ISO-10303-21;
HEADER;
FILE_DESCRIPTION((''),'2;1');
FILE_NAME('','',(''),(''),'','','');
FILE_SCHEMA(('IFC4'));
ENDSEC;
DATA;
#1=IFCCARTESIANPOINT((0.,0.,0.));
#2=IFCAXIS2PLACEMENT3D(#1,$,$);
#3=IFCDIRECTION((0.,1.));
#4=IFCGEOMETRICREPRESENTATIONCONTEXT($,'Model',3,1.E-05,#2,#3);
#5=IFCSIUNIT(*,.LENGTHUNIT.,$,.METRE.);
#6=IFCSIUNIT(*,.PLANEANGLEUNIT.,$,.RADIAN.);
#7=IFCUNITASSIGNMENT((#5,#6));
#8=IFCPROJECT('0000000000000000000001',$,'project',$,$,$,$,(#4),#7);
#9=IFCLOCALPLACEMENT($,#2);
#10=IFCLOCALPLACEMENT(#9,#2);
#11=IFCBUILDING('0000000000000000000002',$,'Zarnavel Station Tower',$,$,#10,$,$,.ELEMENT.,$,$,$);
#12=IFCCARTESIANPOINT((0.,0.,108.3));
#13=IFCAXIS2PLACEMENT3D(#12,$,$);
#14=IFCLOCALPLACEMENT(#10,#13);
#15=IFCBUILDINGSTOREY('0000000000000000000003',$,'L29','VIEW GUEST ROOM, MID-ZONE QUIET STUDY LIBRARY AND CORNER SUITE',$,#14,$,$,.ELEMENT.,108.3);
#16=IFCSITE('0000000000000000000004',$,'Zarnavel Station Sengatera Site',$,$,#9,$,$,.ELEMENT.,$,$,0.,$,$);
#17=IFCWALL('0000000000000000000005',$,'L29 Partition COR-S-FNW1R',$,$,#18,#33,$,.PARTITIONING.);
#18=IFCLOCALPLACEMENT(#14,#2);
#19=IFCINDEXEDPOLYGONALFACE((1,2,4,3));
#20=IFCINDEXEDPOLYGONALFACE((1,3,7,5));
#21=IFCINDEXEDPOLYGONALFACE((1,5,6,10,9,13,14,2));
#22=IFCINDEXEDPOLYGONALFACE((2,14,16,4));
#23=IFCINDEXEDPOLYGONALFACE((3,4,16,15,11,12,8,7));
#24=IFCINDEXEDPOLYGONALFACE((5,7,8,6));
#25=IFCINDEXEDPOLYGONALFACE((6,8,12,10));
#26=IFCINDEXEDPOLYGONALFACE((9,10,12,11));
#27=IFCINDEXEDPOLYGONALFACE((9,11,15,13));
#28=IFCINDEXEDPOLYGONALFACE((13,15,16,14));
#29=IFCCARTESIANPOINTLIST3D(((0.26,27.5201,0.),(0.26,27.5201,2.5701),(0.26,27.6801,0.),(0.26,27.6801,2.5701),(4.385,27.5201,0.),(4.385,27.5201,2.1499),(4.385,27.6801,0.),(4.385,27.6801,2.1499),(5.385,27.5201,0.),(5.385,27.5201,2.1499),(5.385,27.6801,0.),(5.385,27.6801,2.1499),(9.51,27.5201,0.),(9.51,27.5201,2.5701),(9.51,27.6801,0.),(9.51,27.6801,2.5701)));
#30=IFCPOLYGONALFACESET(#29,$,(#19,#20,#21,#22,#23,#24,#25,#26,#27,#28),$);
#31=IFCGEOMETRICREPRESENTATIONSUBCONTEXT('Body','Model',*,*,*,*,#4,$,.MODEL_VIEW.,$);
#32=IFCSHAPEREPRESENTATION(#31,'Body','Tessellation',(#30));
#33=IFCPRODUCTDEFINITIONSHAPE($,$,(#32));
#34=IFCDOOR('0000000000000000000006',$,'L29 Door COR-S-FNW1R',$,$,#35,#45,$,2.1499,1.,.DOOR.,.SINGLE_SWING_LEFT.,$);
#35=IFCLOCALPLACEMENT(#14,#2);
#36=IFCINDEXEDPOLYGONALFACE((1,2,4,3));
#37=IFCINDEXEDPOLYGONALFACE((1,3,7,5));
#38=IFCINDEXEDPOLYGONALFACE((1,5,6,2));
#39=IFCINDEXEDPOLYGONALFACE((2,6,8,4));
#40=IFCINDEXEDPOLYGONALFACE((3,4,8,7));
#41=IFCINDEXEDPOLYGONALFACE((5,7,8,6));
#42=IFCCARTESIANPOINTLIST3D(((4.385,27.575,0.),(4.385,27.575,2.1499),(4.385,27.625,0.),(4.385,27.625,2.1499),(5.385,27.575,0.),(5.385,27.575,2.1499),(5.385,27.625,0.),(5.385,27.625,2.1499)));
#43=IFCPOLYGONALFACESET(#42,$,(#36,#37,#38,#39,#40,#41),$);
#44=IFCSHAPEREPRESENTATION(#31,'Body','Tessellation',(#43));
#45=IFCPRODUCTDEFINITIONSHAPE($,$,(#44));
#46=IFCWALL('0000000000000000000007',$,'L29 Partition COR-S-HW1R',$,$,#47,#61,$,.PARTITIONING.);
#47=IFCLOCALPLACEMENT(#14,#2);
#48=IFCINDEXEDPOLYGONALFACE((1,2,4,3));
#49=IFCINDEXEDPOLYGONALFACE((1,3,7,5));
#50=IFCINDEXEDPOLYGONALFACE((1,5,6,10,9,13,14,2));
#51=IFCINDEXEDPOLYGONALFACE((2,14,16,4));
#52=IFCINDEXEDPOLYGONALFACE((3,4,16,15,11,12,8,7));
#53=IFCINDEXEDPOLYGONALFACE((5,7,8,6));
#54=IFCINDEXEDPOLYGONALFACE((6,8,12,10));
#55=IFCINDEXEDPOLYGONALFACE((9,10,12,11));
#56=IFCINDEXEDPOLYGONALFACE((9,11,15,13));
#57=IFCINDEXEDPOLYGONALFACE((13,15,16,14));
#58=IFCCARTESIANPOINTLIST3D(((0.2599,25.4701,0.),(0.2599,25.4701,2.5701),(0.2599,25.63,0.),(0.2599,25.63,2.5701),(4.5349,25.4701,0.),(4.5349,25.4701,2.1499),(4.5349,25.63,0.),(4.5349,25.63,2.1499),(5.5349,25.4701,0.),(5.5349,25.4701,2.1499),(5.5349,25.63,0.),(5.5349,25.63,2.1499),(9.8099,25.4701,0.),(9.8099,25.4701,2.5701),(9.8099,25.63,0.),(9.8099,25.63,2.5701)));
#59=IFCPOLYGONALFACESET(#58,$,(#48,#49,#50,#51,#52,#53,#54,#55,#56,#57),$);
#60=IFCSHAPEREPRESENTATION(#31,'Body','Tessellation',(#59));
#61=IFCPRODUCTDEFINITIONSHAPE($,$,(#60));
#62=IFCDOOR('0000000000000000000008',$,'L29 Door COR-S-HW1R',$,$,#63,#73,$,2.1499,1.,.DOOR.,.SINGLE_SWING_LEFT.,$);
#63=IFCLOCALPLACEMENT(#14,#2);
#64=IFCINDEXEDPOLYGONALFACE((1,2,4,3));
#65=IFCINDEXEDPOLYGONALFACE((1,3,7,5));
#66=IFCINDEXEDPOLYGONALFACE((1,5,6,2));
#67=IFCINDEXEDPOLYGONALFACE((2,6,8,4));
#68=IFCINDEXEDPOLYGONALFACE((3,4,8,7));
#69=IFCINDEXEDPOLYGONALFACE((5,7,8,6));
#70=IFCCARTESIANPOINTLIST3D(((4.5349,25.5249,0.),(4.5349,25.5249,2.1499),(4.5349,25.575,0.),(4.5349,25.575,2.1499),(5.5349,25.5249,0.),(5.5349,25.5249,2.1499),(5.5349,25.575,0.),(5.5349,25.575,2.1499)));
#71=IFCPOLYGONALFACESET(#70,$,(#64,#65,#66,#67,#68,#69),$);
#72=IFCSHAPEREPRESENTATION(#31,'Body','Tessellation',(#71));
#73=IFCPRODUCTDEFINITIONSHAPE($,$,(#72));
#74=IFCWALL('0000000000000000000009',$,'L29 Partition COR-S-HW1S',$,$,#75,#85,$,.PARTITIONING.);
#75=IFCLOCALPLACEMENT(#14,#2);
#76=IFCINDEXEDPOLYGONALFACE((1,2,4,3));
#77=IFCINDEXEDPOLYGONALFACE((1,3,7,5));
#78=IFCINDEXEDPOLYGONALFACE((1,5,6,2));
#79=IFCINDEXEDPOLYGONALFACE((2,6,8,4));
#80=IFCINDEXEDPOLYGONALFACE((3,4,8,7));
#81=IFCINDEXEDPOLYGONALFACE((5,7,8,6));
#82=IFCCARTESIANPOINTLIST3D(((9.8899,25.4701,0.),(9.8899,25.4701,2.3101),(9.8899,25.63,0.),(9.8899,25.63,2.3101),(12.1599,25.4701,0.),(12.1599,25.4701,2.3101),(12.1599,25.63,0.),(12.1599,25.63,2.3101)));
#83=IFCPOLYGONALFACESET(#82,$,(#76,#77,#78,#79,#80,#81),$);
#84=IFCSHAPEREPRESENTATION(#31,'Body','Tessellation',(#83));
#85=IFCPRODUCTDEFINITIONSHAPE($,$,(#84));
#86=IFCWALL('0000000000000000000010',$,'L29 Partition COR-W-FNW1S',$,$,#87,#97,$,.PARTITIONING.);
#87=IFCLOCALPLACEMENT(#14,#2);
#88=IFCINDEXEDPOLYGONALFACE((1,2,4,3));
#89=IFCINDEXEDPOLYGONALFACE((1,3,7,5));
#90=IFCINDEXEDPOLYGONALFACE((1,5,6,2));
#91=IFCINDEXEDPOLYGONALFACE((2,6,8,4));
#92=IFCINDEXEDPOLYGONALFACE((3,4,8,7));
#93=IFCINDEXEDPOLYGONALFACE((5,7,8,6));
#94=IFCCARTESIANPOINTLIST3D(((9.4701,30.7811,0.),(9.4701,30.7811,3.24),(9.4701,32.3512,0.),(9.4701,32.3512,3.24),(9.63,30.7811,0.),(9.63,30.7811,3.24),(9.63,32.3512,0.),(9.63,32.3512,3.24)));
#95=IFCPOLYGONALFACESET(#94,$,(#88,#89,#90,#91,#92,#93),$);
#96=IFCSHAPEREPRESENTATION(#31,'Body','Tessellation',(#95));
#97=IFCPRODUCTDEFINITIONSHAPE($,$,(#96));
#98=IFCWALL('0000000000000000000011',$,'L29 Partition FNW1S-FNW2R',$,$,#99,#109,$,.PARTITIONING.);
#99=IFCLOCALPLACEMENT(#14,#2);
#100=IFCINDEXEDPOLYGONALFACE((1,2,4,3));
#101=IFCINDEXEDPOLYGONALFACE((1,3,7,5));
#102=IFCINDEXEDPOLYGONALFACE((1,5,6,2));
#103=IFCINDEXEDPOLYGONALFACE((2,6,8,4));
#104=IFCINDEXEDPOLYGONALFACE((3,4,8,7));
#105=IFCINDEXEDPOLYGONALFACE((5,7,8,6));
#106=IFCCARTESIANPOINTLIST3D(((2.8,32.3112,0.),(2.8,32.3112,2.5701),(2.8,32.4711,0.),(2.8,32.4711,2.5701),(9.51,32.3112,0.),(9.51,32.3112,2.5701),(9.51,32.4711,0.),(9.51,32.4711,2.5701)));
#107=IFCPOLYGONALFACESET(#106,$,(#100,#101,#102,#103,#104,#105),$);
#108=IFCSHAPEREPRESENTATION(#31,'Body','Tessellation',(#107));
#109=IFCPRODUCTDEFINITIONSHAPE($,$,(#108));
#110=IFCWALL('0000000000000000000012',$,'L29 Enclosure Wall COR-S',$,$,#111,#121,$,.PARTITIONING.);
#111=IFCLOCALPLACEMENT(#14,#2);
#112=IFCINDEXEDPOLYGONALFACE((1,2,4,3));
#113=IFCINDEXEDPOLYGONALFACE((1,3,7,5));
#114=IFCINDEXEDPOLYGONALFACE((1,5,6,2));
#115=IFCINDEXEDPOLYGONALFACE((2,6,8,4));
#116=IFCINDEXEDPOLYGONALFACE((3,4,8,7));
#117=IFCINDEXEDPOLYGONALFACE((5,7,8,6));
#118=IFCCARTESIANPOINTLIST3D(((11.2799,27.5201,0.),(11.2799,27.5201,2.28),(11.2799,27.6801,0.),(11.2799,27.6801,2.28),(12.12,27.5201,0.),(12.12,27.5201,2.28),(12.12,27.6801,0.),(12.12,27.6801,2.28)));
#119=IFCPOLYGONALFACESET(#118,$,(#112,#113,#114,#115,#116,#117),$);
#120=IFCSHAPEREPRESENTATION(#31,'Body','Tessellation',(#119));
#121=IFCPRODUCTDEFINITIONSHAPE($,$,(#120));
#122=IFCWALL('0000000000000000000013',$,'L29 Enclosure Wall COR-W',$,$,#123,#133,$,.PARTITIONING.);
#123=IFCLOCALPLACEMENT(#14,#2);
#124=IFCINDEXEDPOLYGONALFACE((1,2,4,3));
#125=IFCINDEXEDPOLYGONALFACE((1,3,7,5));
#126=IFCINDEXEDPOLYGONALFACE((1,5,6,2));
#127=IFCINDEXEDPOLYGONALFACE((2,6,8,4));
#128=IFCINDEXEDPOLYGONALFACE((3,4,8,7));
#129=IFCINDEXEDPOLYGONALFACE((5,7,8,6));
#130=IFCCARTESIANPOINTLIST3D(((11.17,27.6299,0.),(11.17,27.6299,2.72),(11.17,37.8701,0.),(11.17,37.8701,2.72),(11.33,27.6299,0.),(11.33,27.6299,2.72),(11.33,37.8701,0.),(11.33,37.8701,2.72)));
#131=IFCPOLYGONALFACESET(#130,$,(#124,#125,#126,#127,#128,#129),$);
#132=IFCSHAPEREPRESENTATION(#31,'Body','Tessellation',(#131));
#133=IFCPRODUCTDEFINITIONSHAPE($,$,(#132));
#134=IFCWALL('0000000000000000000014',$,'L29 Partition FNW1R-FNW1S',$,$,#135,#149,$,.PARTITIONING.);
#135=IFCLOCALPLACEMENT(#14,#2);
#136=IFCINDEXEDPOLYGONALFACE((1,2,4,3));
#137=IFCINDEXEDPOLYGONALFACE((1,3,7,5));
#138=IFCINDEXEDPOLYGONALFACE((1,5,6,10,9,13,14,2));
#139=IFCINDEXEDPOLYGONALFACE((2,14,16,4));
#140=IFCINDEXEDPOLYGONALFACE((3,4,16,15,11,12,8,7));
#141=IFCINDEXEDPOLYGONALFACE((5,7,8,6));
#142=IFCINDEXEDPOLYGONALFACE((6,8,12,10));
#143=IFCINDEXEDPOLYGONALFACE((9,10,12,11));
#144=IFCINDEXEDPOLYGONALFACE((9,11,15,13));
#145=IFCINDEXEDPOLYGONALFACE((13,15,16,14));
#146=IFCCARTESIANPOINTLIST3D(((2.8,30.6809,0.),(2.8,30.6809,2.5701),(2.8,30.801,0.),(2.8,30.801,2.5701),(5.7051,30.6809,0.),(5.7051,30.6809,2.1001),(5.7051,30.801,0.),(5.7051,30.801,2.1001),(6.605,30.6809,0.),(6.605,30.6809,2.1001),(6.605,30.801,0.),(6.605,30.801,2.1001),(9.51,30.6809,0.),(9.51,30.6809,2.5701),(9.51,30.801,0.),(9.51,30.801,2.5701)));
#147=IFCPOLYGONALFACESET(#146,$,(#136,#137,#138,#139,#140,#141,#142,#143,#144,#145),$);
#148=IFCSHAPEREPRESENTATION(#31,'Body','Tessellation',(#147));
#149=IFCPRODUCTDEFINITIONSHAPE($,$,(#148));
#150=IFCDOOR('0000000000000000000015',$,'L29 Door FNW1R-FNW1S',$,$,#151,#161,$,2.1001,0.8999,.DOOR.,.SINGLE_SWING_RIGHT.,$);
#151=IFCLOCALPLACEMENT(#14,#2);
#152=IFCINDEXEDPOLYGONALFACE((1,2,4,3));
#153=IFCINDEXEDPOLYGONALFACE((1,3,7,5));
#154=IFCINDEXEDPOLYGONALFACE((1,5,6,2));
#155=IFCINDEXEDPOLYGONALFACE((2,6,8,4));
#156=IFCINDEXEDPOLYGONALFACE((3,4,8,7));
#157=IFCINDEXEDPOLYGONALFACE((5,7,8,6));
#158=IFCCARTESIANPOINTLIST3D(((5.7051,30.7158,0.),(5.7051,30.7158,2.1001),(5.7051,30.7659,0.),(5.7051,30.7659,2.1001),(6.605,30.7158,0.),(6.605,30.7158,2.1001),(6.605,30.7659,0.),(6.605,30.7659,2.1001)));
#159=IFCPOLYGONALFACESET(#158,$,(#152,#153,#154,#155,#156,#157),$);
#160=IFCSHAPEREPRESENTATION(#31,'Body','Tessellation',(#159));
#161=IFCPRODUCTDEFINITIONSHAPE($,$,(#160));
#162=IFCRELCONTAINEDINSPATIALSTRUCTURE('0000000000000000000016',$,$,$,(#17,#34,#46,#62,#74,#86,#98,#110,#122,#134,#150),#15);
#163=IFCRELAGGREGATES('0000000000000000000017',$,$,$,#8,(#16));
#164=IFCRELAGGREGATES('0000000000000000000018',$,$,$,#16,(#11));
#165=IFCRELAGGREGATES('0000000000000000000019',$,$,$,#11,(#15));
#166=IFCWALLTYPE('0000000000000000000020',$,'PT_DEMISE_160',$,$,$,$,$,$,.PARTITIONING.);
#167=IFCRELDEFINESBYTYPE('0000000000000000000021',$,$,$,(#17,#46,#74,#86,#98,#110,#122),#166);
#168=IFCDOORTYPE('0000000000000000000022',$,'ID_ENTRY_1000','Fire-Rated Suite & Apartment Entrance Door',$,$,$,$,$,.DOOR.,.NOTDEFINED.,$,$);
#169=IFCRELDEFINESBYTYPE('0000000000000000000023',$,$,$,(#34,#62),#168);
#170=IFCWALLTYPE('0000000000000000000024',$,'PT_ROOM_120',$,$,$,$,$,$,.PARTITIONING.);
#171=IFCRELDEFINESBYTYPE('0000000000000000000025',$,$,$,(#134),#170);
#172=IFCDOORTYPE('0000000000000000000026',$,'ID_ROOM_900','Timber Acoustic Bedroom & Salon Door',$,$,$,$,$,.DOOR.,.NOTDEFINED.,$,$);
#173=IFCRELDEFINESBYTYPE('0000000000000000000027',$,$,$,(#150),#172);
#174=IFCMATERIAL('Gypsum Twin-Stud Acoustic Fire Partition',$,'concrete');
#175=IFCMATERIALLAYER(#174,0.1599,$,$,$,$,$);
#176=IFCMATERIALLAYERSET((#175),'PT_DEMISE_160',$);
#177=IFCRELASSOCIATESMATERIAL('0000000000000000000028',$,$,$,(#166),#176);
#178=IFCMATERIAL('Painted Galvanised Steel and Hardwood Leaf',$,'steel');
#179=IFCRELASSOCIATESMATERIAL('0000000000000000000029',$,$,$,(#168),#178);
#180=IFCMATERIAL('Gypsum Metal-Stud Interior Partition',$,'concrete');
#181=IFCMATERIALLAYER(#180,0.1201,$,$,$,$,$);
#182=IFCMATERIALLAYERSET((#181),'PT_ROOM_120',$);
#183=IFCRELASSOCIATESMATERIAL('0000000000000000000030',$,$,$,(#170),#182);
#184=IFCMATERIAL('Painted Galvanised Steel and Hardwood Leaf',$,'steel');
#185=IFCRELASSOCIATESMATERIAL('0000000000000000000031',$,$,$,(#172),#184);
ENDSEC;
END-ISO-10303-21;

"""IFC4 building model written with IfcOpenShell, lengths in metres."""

from ifc_helpers import new_model, si_unit, direction, frame, frame_2d, origin, place, context, subcontext, project, spatial, rectangle, extrude, material, layer, layer_set, type_object, element, fill, save


model = new_model("IFC4")

# Units and contexts
model_context = context("Model", 3, precision=1e-05, world=origin(), true_north=direction((0.0, 1.0)))
body_context = subcontext(model_context, "Body", "Model", "MODEL_VIEW")
ifc_project = project(units=[si_unit("LENGTHUNIT", "METRE"), si_unit("PLANEANGLEUNIT", "RADIAN")], contexts=[model_context])

# Site, building, storey
site_placement = place(None, origin())
site = spatial("IfcSite", under=ifc_project, at=site_placement, Name="Zarnavel Station Sengatera Site", CompositionType="ELEMENT", RefElevation=0.0)
building_placement = place(site_placement, origin())
building = spatial("IfcBuilding", under=site, at=building_placement, Name="Zarnavel Station Tower", CompositionType="ELEMENT")
storey_placement = place(building_placement, frame((0.0, 0.0, 108.3)))
storey = spatial("IfcBuildingStorey", under=building, at=storey_placement, Name="L29", Description="VIEW GUEST ROOM, MID-ZONE QUIET STUDY LIBRARY AND CORNER SUITE", CompositionType="ELEMENT", Elevation=108.3)

# Walls, openings, doors
ifc_material_1 = material(Name="Gypsum Twin-Stud Acoustic Fire Partition", Category="concrete")
ifc_layer_1 = layer(ifc_material_1, 0.1599)
ifc_layer_set_1 = layer_set([ifc_layer_1], Name="PT_DEMISE_160")
wall_type_1 = type_object("IfcWallType", Name="PT_DEMISE_160", PredefinedType="PARTITIONING", material=ifc_layer_set_1)
wall_1_placement = place(storey_placement, frame((0.26, 27.6001, 0.0), z_axis=(0.0, 0.0, 1.0), x_axis=(1.0, 0.0, 0.0)))
wall_1 = element("IfcWall", 1, at=wall_1_placement, inside=storey, type_object=wall_type_1, Name="L29 Partition COR-S-FNW1R", PredefinedType="PARTITIONING", context=body_context, shape_type="SweptSolid", body=[
    extrude(rectangle(XDim=9.25, YDim=0.1599, at=frame_2d((4.625, 0.0))), origin(), (0.0, 0.0, 1.0), 2.5701),
])
opening_1_placement = place(wall_1_placement, frame((4.125, 0.0, 0.0)))
opening_1 = element("IfcOpeningElement", 2, at=opening_1_placement, cuts=wall_1, PredefinedType="OPENING", context=body_context, shape_type="SweptSolid", body=[
    extrude(rectangle(XDim=1.0, YDim=2.1499, at=frame_2d((0.5, 1.075))), frame((0.0, 0.0898, 0.0), z_axis=(0.0, -1.0, 0.0), x_axis=(1.0, 0.0, 0.0)), (0.0, 0.0, 1.0), 0.1799),
])
ifc_material_2 = material(Name="Painted Galvanised Steel and Hardwood Leaf", Category="steel")
door_type_1 = type_object("IfcDoorType", Name="ID_ENTRY_1000", Description="Fire-Rated Suite & Apartment Entrance Door", OperationType="NOTDEFINED", PredefinedType="DOOR", material=ifc_material_2)
door_1_placement = place(opening_1_placement, origin())
door_1 = element("IfcDoor", 3, at=door_1_placement, inside=storey, type_object=door_type_1, Name="L29 Door COR-S-FNW1R", OperationType="SINGLE_SWING_LEFT", OverallHeight=2.1499, OverallWidth=1.0, PredefinedType="DOOR", context=body_context, shape_type="SweptSolid", body=[
    extrude(rectangle(XDim=1.0, YDim=2.1499, at=frame_2d((0.5, 1.075))), frame((0.0, 0.0249, 0.0), z_axis=(0.0, -1.0, 0.0), x_axis=(1.0, 0.0, 0.0)), (0.0, 0.0, 1.0), 0.05),
])
fill(opening_1, door_1)
wall_2_placement = place(storey_placement, frame((0.26, 25.55, 0.0), z_axis=(0.0, 0.0, 1.0), x_axis=(1.0, 0.0, 0.0)))
wall_2 = element("IfcWall", 4, at=wall_2_placement, inside=storey, type_object=wall_type_1, Name="L29 Partition COR-S-HW1R", PredefinedType="PARTITIONING", context=body_context, shape_type="SweptSolid", body=[
    extrude(rectangle(XDim=9.55, YDim=0.1599, at=frame_2d((4.7749, 0.0))), origin(), (0.0, 0.0, 1.0), 2.5701),
])
opening_2_placement = place(wall_2_placement, frame((4.2749, 0.0, 0.0)))
opening_2 = element("IfcOpeningElement", 5, at=opening_2_placement, cuts=wall_2, PredefinedType="OPENING", context=body_context, shape_type="SweptSolid", body=[
    extrude(rectangle(XDim=1.0, YDim=2.1499, at=frame_2d((0.5, 1.075))), frame((0.0, 0.0898, 0.0), z_axis=(0.0, -1.0, 0.0), x_axis=(1.0, 0.0, 0.0)), (0.0, 0.0, 1.0), 0.1799),
])
door_2_placement = place(opening_2_placement, origin())
door_2 = element("IfcDoor", 6, at=door_2_placement, inside=storey, type_object=door_type_1, Name="L29 Door COR-S-HW1R", OperationType="SINGLE_SWING_LEFT", OverallHeight=2.1499, OverallWidth=1.0, PredefinedType="DOOR", context=body_context, shape_type="SweptSolid", body=[
    extrude(rectangle(XDim=1.0, YDim=2.1499, at=frame_2d((0.5, 1.075))), frame((0.0, 0.0249, 0.0), z_axis=(0.0, -1.0, 0.0), x_axis=(1.0, 0.0, 0.0)), (0.0, 0.0, 1.0), 0.05),
])
fill(opening_2, door_2)

# Wall
wall_3_placement = place(storey_placement, frame((9.8899, 25.55, 0.0), z_axis=(0.0, 0.0, 1.0), x_axis=(1.0, 0.0, 0.0)))
element("IfcWall", 7, at=wall_3_placement, inside=storey, type_object=wall_type_1, Name="L29 Partition COR-S-HW1S", PredefinedType="PARTITIONING", context=body_context, shape_type="SweptSolid", body=[
    extrude(rectangle(XDim=2.27, YDim=0.1599, at=frame_2d((1.135, 0.0))), origin(), (0.0, 0.0, 1.0), 2.3101),
])

# Wall
wall_4_placement = place(storey_placement, frame((9.55, 30.781, 0.0), z_axis=(0.0, 0.0, 1.0), x_axis=(0.0, 1.0, 0.0)))
element("IfcWall", 8, at=wall_4_placement, inside=storey, type_object=wall_type_1, Name="L29 Partition COR-W-FNW1S", PredefinedType="PARTITIONING", context=body_context, shape_type="SweptSolid", body=[
    extrude(rectangle(XDim=1.5701, YDim=0.1599, at=frame_2d((0.7852, 0.0))), origin(), (0.0, 0.0, 1.0), 3.24),
])

# Walls
wall_5_placement = place(storey_placement, frame((2.8, 32.3911, 0.0), z_axis=(0.0, 0.0, 1.0), x_axis=(1.0, 0.0, 0.0)))
element("IfcWall", 9, at=wall_5_placement, inside=storey, type_object=wall_type_1, Name="L29 Partition FNW1S-FNW2R", PredefinedType="PARTITIONING", context=body_context, shape_type="SweptSolid", body=[
    extrude(rectangle(XDim=6.71, YDim=0.1599, at=frame_2d((3.355, 0.0))), origin(), (0.0, 0.0, 1.0), 2.5701),
])
wall_6_placement = place(storey_placement, frame((11.28, 27.6001, 0.0), z_axis=(0.0, 0.0, 1.0), x_axis=(1.0, 0.0, 0.0)))
element("IfcWall", 10, at=wall_6_placement, inside=storey, type_object=wall_type_1, Name="L29 Enclosure Wall COR-S", PredefinedType="PARTITIONING", context=body_context, shape_type="SweptSolid", body=[
    extrude(rectangle(XDim=0.8401, YDim=0.1599, at=frame_2d((0.4199, 0.0))), origin(), (0.0, 0.0, 1.0), 2.28),
])
wall_7_placement = place(storey_placement, frame((11.25, 27.6299, 0.0), z_axis=(0.0, 0.0, 1.0), x_axis=(0.0, 1.0, 0.0)))
element("IfcWall", 11, at=wall_7_placement, inside=storey, type_object=wall_type_1, Name="L29 Enclosure Wall COR-W", PredefinedType="PARTITIONING", context=body_context, shape_type="SweptSolid", body=[
    extrude(rectangle(XDim=10.2402, YDim=0.1599, at=frame_2d((5.1201, 0.0))), origin(), (0.0, 0.0, 1.0), 2.72),
])

# Wall, opening, door
ifc_material_3 = material(Name="Gypsum Metal-Stud Interior Partition", Category="concrete")
ifc_layer_2 = layer(ifc_material_3, 0.1201)
ifc_layer_set_2 = layer_set([ifc_layer_2], Name="PT_ROOM_120")
wall_type_2 = type_object("IfcWallType", Name="PT_ROOM_120", PredefinedType="PARTITIONING", material=ifc_layer_set_2)
wall_8_placement = place(storey_placement, frame((2.8, 30.741, 0.0), z_axis=(0.0, 0.0, 1.0), x_axis=(1.0, 0.0, 0.0)))
wall_8 = element("IfcWall", 12, at=wall_8_placement, inside=storey, type_object=wall_type_2, Name="L29 Partition FNW1R-FNW1S", PredefinedType="PARTITIONING", context=body_context, shape_type="SweptSolid", body=[
    extrude(rectangle(XDim=6.71, YDim=0.1201, at=frame_2d((3.355, 0.0))), origin(), (0.0, 0.0, 1.0), 2.5701),
])
opening_3_placement = place(wall_8_placement, frame((2.905, 0.0, 0.0)))
opening_3 = element("IfcOpeningElement", 13, at=opening_3_placement, cuts=wall_8, PredefinedType="OPENING", context=body_context, shape_type="SweptSolid", body=[
    extrude(rectangle(XDim=0.8999, YDim=2.1001, at=frame_2d((0.45, 1.05))), frame((0.0, 0.0701, 0.0), z_axis=(0.0, -1.0, 0.0), x_axis=(1.0, 0.0, 0.0)), (0.0, 0.0, 1.0), 0.1401),
])
ifc_material_4 = material(Name="Painted Galvanised Steel and Hardwood Leaf", Category="steel")
door_type_2 = type_object("IfcDoorType", Name="ID_ROOM_900", Description="Timber Acoustic Bedroom & Salon Door", OperationType="NOTDEFINED", PredefinedType="DOOR", material=ifc_material_4)
door_3_placement = place(opening_3_placement, origin())
door_3 = element("IfcDoor", 14, at=door_3_placement, inside=storey, type_object=door_type_2, Name="L29 Door FNW1R-FNW1S", OperationType="SINGLE_SWING_RIGHT", OverallHeight=2.1001, OverallWidth=0.8999, PredefinedType="DOOR", context=body_context, shape_type="SweptSolid", body=[
    extrude(rectangle(XDim=0.8999, YDim=2.1001, at=frame_2d((0.45, 1.05))), frame((0.0, 0.0249, 0.0), z_axis=(0.0, -1.0, 0.0), x_axis=(1.0, 0.0, 0.0)), (0.0, 0.0, 1.0), 0.05),
])
fill(opening_3, door_3)

save(model, "model.ifc")
